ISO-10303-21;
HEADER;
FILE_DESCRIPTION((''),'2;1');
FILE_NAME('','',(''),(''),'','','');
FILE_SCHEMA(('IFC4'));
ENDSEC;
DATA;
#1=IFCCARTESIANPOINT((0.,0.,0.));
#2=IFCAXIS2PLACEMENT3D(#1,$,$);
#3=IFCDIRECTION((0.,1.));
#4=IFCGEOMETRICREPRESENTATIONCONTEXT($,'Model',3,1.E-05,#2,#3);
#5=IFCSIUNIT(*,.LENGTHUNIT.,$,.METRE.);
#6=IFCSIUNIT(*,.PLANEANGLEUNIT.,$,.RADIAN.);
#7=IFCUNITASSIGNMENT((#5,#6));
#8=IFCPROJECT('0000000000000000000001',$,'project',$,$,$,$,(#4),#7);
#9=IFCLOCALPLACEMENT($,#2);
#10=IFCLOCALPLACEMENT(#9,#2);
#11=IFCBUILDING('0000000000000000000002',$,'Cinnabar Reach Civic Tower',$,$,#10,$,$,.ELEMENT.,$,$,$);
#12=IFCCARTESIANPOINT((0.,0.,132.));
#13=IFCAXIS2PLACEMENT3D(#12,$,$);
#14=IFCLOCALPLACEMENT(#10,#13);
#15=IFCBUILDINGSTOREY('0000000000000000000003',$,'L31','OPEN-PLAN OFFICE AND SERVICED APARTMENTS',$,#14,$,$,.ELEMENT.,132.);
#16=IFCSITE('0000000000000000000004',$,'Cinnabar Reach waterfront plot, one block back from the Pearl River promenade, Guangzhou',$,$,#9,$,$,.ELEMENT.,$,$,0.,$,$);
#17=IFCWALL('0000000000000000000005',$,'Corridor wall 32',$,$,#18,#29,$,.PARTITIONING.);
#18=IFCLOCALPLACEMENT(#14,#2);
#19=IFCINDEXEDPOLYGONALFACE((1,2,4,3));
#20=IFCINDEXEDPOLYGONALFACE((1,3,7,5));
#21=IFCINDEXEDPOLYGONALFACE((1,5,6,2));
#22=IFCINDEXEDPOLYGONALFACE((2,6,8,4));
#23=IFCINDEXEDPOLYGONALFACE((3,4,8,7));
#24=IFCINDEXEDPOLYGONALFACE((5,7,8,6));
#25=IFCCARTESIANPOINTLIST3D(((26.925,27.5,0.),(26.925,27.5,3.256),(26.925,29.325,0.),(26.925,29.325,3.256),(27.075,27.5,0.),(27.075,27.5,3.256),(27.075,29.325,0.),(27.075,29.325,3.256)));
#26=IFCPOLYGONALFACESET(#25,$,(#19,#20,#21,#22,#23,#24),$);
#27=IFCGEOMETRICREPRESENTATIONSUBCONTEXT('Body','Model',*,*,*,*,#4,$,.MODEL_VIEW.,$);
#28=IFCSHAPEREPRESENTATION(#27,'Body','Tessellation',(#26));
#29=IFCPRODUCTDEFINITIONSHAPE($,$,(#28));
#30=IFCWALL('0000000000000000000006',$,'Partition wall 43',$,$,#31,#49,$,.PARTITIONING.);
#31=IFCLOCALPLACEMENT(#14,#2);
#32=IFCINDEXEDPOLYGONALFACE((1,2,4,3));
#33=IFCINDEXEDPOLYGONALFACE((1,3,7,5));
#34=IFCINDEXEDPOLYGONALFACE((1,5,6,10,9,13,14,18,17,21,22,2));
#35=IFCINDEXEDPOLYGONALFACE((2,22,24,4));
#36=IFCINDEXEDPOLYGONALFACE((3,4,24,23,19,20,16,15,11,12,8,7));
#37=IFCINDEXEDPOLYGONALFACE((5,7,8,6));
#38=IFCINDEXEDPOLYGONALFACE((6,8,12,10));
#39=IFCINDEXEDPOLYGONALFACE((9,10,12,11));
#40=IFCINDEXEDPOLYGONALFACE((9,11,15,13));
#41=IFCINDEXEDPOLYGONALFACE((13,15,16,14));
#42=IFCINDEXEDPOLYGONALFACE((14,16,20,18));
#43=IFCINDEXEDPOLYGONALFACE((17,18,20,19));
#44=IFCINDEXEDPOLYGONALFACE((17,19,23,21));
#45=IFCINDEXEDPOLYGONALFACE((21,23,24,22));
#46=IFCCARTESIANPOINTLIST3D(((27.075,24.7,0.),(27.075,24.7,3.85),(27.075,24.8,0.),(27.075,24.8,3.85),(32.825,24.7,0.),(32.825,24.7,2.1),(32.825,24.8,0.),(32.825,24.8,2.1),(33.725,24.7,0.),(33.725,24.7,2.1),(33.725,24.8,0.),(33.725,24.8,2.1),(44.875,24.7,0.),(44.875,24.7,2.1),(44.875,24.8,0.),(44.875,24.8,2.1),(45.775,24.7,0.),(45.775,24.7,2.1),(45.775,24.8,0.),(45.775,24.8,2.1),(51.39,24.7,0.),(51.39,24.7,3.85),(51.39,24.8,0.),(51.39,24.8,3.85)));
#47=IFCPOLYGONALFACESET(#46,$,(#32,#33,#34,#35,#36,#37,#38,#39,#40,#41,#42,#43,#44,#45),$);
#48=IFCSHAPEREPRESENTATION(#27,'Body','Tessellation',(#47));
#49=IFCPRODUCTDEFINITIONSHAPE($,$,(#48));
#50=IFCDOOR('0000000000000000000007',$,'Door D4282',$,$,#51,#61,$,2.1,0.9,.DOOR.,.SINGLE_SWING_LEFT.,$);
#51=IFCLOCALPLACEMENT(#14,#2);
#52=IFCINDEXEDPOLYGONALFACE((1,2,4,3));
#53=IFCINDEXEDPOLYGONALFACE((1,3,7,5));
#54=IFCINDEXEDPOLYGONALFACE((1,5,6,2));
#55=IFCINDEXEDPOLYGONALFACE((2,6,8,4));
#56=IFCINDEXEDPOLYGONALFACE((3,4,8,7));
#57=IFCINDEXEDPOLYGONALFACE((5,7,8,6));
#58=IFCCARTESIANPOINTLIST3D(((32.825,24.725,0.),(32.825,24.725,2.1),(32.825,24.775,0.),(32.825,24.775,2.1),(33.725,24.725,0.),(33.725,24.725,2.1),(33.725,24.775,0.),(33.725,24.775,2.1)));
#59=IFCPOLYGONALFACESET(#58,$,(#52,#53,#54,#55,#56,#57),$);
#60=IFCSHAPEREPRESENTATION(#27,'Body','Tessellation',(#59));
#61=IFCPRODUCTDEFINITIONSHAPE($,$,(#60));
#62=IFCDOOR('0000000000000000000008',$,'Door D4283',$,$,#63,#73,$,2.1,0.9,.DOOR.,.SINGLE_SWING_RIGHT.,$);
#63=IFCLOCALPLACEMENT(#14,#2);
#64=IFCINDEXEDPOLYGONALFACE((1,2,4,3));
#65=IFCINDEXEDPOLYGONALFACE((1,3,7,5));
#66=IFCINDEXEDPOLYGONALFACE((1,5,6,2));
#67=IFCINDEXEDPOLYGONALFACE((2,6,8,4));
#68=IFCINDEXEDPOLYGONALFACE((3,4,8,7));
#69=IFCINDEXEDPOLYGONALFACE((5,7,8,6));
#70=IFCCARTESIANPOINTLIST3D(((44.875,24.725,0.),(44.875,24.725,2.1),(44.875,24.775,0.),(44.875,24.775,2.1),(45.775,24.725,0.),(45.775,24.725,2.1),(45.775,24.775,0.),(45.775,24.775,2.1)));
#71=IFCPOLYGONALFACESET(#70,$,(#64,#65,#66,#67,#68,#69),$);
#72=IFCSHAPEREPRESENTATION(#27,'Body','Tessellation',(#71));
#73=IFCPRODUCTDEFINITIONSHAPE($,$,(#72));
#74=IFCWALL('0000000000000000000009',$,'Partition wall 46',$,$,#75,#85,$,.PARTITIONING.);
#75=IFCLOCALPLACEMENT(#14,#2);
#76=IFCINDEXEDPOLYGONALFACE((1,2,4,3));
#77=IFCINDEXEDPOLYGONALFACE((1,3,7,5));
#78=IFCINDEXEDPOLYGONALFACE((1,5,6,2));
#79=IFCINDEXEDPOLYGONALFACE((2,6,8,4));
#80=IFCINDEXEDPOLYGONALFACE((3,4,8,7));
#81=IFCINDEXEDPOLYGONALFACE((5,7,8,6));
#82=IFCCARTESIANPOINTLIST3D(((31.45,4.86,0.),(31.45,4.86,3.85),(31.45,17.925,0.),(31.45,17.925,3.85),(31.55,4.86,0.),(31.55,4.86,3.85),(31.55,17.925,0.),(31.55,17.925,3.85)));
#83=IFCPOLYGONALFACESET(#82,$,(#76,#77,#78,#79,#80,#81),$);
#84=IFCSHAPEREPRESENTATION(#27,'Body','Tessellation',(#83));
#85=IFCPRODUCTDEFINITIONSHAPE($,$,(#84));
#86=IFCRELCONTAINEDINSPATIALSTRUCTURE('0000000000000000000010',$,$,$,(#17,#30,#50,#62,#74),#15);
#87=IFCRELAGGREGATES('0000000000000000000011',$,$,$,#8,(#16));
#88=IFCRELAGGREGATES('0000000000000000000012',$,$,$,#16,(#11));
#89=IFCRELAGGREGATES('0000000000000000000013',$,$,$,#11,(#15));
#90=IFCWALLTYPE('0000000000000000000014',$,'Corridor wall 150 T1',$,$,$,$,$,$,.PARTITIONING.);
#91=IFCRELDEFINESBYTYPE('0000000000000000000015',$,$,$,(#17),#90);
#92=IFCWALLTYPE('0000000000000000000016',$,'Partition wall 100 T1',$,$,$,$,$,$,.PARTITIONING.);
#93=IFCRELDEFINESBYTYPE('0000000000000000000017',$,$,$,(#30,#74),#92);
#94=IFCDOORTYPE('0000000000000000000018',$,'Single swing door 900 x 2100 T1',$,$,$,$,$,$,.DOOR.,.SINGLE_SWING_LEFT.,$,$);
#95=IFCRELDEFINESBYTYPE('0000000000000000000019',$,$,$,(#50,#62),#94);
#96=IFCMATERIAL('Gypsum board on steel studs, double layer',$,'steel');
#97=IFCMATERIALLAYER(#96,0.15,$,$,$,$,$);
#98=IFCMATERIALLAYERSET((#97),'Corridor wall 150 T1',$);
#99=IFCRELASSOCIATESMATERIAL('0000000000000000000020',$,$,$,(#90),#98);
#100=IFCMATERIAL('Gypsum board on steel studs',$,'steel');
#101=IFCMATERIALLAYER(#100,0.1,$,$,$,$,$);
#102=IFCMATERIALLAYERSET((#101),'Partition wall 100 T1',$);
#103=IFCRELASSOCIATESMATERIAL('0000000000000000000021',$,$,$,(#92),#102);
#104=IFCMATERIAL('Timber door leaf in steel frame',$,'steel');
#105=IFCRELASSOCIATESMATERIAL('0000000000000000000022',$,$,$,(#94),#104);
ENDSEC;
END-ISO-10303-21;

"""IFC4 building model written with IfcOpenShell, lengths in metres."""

from ifc_helpers import new_model, si_unit, direction, frame, frame_2d, origin, place, context, subcontext, project, spatial, rectangle, extrude, material, layer, layer_set, type_object, element, fill, save


model = new_model("IFC4")

# Units and contexts
model_context = context("Model", 3, precision=1e-05, world=origin(), true_north=direction((0.0, 1.0)))
body_context = subcontext(model_context, "Body", "Model", "MODEL_VIEW")
ifc_project = project(units=[si_unit("LENGTHUNIT", "METRE"), si_unit("PLANEANGLEUNIT", "RADIAN")], contexts=[model_context])

# Site, building, storey
site_placement = place(None, origin())
site = spatial("IfcSite", under=ifc_project, at=site_placement, Name="Cinnabar Reach waterfront plot, one block back from the Pearl River promenade, Guangzhou", CompositionType="ELEMENT", RefElevation=0.0)
building_placement = place(site_placement, origin())
building = spatial("IfcBuilding", under=site, at=building_placement, Name="Cinnabar Reach Civic Tower", CompositionType="ELEMENT")
storey_placement = place(building_placement, frame((0.0, 0.0, 132.0)))
storey = spatial("IfcBuildingStorey", under=building, at=storey_placement, Name="L31", Description="OPEN-PLAN OFFICE AND SERVICED APARTMENTS", CompositionType="ELEMENT", Elevation=132.0)

# Shared definitions
ifc_material_1 = material(Name="Gypsum board on steel studs, double layer", Category="steel")
ifc_layer_1 = layer(ifc_material_1, 0.15)
ifc_layer_set_1 = layer_set([ifc_layer_1], Name="Corridor wall 150 T1")
wall_type_1 = type_object("IfcWallType", Name="Corridor wall 150 T1", PredefinedType="PARTITIONING", material=ifc_layer_set_1)
ifc_material_2 = material(Name="Timber door leaf in steel frame", Category="steel")

# Wall
wall_1_placement = place(storey_placement, frame((27.0, 27.5, 0.0), z_axis=(0.0, 0.0, 1.0), x_axis=(0.0, 1.0, 0.0)))
element("IfcWall", 1, at=wall_1_placement, inside=storey, type_object=wall_type_1, Name="Corridor wall 32", PredefinedType="PARTITIONING", context=body_context, shape_type="SweptSolid", body=[
    extrude(rectangle(XDim=1.825, YDim=0.15, at=frame_2d((0.9125, 0.0))), origin(), (0.0, 0.0, 1.0), 3.256),
])

# Wall, openings, doors
ifc_material_3 = material(Name="Gypsum board on steel studs", Category="steel")
ifc_layer_2 = layer(ifc_material_3, 0.1)
ifc_layer_set_2 = layer_set([ifc_layer_2], Name="Partition wall 100 T1")
wall_type_2 = type_object("IfcWallType", Name="Partition wall 100 T1", PredefinedType="PARTITIONING", material=ifc_layer_set_2)
wall_2_placement = place(storey_placement, frame((27.075, 24.75, 0.0), z_axis=(0.0, 0.0, 1.0), x_axis=(1.0, 0.0, 0.0)))
wall_2 = element("IfcWall", 2, at=wall_2_placement, inside=storey, type_object=wall_type_2, Name="Partition wall 43", PredefinedType="PARTITIONING", context=body_context, shape_type="SweptSolid", body=[
    extrude(rectangle(XDim=24.315, YDim=0.1, at=frame_2d((12.1575, 0.0))), origin(), (0.0, 0.0, 1.0), 3.85),
])
opening_1_placement = place(wall_2_placement, frame((5.75, 0.0, 0.0)))
opening_1 = element("IfcOpeningElement", 3, at=opening_1_placement, cuts=wall_2, PredefinedType="OPENING", context=body_context, shape_type="SweptSolid", body=[
    extrude(rectangle(XDim=0.9, YDim=2.1, at=frame_2d((0.45, 1.05))), frame((0.0, 0.06, 0.0), z_axis=(0.0, -1.0, 0.0), x_axis=(1.0, 0.0, 0.0)), (0.0, 0.0, 1.0), 0.12),
])
opening_2_placement = place(wall_2_placement, frame((17.8, 0.0, 0.0)))
opening_2 = element("IfcOpeningElement", 4, at=opening_2_placement, cuts=wall_2, PredefinedType="OPENING", context=body_context, shape_type="SweptSolid", body=[
    extrude(rectangle(XDim=0.9, YDim=2.1, at=frame_2d((0.45, 1.05))), frame((0.0, 0.06, 0.0), z_axis=(0.0, -1.0, 0.0), x_axis=(1.0, 0.0, 0.0)), (0.0, 0.0, 1.0), 0.12),
])
door_type_1 = type_object("IfcDoorType", Name="Single swing door 900 x 2100 T1", OperationType="SINGLE_SWING_LEFT", PredefinedType="DOOR", material=ifc_material_2)
door_1_placement = place(opening_1_placement, frame((0.9, 0.0, 0.0), z_axis=(0.0, 0.0, 1.0), x_axis=(-1.0, 0.0, 0.0)))
door_1 = element("IfcDoor", 5, at=door_1_placement, inside=storey, type_object=door_type_1, Name="Door D4282", OperationType="SINGLE_SWING_LEFT", OverallHeight=2.1, OverallWidth=0.9, PredefinedType="DOOR", context=body_context, shape_type="SweptSolid", body=[
    extrude(rectangle(XDim=0.9, YDim=2.1, at=frame_2d((0.45, 1.05))), frame((0.0, 0.025, 0.0), z_axis=(0.0, -1.0, 0.0), x_axis=(1.0, 0.0, 0.0)), (0.0, 0.0, 1.0), 0.05),
])
fill(opening_1, door_1)
door_2_placement = place(opening_2_placement, frame((0.9, 0.0, 0.0), z_axis=(0.0, 0.0, 1.0), x_axis=(-1.0, 0.0, 0.0)))
door_2 = element("IfcDoor", 6, at=door_2_placement, inside=storey, type_object=door_type_1, Name="Door D4283", OperationType="SINGLE_SWING_RIGHT", OverallHeight=2.1, OverallWidth=0.9, PredefinedType="DOOR", context=body_context, shape_type="SweptSolid", body=[
    extrude(rectangle(XDim=0.9, YDim=2.1, at=frame_2d((0.45, 1.05))), frame((0.0, 0.025, 0.0), z_axis=(0.0, -1.0, 0.0), x_axis=(1.0, 0.0, 0.0)), (0.0, 0.0, 1.0), 0.05),
])
fill(opening_2, door_2)

# Wall
wall_3_placement = place(storey_placement, frame((31.5, 4.86, 0.0), z_axis=(0.0, 0.0, 1.0), x_axis=(0.0, 1.0, 0.0)))
element("IfcWall", 7, at=wall_3_placement, inside=storey, type_object=wall_type_2, Name="Partition wall 46", PredefinedType="PARTITIONING", context=body_context, shape_type="SweptSolid", body=[
    extrude(rectangle(XDim=13.065, YDim=0.1, at=frame_2d((6.5325, 0.0))), origin(), (0.0, 0.0, 1.0), 3.85),
])

save(model, "model.ifc")
